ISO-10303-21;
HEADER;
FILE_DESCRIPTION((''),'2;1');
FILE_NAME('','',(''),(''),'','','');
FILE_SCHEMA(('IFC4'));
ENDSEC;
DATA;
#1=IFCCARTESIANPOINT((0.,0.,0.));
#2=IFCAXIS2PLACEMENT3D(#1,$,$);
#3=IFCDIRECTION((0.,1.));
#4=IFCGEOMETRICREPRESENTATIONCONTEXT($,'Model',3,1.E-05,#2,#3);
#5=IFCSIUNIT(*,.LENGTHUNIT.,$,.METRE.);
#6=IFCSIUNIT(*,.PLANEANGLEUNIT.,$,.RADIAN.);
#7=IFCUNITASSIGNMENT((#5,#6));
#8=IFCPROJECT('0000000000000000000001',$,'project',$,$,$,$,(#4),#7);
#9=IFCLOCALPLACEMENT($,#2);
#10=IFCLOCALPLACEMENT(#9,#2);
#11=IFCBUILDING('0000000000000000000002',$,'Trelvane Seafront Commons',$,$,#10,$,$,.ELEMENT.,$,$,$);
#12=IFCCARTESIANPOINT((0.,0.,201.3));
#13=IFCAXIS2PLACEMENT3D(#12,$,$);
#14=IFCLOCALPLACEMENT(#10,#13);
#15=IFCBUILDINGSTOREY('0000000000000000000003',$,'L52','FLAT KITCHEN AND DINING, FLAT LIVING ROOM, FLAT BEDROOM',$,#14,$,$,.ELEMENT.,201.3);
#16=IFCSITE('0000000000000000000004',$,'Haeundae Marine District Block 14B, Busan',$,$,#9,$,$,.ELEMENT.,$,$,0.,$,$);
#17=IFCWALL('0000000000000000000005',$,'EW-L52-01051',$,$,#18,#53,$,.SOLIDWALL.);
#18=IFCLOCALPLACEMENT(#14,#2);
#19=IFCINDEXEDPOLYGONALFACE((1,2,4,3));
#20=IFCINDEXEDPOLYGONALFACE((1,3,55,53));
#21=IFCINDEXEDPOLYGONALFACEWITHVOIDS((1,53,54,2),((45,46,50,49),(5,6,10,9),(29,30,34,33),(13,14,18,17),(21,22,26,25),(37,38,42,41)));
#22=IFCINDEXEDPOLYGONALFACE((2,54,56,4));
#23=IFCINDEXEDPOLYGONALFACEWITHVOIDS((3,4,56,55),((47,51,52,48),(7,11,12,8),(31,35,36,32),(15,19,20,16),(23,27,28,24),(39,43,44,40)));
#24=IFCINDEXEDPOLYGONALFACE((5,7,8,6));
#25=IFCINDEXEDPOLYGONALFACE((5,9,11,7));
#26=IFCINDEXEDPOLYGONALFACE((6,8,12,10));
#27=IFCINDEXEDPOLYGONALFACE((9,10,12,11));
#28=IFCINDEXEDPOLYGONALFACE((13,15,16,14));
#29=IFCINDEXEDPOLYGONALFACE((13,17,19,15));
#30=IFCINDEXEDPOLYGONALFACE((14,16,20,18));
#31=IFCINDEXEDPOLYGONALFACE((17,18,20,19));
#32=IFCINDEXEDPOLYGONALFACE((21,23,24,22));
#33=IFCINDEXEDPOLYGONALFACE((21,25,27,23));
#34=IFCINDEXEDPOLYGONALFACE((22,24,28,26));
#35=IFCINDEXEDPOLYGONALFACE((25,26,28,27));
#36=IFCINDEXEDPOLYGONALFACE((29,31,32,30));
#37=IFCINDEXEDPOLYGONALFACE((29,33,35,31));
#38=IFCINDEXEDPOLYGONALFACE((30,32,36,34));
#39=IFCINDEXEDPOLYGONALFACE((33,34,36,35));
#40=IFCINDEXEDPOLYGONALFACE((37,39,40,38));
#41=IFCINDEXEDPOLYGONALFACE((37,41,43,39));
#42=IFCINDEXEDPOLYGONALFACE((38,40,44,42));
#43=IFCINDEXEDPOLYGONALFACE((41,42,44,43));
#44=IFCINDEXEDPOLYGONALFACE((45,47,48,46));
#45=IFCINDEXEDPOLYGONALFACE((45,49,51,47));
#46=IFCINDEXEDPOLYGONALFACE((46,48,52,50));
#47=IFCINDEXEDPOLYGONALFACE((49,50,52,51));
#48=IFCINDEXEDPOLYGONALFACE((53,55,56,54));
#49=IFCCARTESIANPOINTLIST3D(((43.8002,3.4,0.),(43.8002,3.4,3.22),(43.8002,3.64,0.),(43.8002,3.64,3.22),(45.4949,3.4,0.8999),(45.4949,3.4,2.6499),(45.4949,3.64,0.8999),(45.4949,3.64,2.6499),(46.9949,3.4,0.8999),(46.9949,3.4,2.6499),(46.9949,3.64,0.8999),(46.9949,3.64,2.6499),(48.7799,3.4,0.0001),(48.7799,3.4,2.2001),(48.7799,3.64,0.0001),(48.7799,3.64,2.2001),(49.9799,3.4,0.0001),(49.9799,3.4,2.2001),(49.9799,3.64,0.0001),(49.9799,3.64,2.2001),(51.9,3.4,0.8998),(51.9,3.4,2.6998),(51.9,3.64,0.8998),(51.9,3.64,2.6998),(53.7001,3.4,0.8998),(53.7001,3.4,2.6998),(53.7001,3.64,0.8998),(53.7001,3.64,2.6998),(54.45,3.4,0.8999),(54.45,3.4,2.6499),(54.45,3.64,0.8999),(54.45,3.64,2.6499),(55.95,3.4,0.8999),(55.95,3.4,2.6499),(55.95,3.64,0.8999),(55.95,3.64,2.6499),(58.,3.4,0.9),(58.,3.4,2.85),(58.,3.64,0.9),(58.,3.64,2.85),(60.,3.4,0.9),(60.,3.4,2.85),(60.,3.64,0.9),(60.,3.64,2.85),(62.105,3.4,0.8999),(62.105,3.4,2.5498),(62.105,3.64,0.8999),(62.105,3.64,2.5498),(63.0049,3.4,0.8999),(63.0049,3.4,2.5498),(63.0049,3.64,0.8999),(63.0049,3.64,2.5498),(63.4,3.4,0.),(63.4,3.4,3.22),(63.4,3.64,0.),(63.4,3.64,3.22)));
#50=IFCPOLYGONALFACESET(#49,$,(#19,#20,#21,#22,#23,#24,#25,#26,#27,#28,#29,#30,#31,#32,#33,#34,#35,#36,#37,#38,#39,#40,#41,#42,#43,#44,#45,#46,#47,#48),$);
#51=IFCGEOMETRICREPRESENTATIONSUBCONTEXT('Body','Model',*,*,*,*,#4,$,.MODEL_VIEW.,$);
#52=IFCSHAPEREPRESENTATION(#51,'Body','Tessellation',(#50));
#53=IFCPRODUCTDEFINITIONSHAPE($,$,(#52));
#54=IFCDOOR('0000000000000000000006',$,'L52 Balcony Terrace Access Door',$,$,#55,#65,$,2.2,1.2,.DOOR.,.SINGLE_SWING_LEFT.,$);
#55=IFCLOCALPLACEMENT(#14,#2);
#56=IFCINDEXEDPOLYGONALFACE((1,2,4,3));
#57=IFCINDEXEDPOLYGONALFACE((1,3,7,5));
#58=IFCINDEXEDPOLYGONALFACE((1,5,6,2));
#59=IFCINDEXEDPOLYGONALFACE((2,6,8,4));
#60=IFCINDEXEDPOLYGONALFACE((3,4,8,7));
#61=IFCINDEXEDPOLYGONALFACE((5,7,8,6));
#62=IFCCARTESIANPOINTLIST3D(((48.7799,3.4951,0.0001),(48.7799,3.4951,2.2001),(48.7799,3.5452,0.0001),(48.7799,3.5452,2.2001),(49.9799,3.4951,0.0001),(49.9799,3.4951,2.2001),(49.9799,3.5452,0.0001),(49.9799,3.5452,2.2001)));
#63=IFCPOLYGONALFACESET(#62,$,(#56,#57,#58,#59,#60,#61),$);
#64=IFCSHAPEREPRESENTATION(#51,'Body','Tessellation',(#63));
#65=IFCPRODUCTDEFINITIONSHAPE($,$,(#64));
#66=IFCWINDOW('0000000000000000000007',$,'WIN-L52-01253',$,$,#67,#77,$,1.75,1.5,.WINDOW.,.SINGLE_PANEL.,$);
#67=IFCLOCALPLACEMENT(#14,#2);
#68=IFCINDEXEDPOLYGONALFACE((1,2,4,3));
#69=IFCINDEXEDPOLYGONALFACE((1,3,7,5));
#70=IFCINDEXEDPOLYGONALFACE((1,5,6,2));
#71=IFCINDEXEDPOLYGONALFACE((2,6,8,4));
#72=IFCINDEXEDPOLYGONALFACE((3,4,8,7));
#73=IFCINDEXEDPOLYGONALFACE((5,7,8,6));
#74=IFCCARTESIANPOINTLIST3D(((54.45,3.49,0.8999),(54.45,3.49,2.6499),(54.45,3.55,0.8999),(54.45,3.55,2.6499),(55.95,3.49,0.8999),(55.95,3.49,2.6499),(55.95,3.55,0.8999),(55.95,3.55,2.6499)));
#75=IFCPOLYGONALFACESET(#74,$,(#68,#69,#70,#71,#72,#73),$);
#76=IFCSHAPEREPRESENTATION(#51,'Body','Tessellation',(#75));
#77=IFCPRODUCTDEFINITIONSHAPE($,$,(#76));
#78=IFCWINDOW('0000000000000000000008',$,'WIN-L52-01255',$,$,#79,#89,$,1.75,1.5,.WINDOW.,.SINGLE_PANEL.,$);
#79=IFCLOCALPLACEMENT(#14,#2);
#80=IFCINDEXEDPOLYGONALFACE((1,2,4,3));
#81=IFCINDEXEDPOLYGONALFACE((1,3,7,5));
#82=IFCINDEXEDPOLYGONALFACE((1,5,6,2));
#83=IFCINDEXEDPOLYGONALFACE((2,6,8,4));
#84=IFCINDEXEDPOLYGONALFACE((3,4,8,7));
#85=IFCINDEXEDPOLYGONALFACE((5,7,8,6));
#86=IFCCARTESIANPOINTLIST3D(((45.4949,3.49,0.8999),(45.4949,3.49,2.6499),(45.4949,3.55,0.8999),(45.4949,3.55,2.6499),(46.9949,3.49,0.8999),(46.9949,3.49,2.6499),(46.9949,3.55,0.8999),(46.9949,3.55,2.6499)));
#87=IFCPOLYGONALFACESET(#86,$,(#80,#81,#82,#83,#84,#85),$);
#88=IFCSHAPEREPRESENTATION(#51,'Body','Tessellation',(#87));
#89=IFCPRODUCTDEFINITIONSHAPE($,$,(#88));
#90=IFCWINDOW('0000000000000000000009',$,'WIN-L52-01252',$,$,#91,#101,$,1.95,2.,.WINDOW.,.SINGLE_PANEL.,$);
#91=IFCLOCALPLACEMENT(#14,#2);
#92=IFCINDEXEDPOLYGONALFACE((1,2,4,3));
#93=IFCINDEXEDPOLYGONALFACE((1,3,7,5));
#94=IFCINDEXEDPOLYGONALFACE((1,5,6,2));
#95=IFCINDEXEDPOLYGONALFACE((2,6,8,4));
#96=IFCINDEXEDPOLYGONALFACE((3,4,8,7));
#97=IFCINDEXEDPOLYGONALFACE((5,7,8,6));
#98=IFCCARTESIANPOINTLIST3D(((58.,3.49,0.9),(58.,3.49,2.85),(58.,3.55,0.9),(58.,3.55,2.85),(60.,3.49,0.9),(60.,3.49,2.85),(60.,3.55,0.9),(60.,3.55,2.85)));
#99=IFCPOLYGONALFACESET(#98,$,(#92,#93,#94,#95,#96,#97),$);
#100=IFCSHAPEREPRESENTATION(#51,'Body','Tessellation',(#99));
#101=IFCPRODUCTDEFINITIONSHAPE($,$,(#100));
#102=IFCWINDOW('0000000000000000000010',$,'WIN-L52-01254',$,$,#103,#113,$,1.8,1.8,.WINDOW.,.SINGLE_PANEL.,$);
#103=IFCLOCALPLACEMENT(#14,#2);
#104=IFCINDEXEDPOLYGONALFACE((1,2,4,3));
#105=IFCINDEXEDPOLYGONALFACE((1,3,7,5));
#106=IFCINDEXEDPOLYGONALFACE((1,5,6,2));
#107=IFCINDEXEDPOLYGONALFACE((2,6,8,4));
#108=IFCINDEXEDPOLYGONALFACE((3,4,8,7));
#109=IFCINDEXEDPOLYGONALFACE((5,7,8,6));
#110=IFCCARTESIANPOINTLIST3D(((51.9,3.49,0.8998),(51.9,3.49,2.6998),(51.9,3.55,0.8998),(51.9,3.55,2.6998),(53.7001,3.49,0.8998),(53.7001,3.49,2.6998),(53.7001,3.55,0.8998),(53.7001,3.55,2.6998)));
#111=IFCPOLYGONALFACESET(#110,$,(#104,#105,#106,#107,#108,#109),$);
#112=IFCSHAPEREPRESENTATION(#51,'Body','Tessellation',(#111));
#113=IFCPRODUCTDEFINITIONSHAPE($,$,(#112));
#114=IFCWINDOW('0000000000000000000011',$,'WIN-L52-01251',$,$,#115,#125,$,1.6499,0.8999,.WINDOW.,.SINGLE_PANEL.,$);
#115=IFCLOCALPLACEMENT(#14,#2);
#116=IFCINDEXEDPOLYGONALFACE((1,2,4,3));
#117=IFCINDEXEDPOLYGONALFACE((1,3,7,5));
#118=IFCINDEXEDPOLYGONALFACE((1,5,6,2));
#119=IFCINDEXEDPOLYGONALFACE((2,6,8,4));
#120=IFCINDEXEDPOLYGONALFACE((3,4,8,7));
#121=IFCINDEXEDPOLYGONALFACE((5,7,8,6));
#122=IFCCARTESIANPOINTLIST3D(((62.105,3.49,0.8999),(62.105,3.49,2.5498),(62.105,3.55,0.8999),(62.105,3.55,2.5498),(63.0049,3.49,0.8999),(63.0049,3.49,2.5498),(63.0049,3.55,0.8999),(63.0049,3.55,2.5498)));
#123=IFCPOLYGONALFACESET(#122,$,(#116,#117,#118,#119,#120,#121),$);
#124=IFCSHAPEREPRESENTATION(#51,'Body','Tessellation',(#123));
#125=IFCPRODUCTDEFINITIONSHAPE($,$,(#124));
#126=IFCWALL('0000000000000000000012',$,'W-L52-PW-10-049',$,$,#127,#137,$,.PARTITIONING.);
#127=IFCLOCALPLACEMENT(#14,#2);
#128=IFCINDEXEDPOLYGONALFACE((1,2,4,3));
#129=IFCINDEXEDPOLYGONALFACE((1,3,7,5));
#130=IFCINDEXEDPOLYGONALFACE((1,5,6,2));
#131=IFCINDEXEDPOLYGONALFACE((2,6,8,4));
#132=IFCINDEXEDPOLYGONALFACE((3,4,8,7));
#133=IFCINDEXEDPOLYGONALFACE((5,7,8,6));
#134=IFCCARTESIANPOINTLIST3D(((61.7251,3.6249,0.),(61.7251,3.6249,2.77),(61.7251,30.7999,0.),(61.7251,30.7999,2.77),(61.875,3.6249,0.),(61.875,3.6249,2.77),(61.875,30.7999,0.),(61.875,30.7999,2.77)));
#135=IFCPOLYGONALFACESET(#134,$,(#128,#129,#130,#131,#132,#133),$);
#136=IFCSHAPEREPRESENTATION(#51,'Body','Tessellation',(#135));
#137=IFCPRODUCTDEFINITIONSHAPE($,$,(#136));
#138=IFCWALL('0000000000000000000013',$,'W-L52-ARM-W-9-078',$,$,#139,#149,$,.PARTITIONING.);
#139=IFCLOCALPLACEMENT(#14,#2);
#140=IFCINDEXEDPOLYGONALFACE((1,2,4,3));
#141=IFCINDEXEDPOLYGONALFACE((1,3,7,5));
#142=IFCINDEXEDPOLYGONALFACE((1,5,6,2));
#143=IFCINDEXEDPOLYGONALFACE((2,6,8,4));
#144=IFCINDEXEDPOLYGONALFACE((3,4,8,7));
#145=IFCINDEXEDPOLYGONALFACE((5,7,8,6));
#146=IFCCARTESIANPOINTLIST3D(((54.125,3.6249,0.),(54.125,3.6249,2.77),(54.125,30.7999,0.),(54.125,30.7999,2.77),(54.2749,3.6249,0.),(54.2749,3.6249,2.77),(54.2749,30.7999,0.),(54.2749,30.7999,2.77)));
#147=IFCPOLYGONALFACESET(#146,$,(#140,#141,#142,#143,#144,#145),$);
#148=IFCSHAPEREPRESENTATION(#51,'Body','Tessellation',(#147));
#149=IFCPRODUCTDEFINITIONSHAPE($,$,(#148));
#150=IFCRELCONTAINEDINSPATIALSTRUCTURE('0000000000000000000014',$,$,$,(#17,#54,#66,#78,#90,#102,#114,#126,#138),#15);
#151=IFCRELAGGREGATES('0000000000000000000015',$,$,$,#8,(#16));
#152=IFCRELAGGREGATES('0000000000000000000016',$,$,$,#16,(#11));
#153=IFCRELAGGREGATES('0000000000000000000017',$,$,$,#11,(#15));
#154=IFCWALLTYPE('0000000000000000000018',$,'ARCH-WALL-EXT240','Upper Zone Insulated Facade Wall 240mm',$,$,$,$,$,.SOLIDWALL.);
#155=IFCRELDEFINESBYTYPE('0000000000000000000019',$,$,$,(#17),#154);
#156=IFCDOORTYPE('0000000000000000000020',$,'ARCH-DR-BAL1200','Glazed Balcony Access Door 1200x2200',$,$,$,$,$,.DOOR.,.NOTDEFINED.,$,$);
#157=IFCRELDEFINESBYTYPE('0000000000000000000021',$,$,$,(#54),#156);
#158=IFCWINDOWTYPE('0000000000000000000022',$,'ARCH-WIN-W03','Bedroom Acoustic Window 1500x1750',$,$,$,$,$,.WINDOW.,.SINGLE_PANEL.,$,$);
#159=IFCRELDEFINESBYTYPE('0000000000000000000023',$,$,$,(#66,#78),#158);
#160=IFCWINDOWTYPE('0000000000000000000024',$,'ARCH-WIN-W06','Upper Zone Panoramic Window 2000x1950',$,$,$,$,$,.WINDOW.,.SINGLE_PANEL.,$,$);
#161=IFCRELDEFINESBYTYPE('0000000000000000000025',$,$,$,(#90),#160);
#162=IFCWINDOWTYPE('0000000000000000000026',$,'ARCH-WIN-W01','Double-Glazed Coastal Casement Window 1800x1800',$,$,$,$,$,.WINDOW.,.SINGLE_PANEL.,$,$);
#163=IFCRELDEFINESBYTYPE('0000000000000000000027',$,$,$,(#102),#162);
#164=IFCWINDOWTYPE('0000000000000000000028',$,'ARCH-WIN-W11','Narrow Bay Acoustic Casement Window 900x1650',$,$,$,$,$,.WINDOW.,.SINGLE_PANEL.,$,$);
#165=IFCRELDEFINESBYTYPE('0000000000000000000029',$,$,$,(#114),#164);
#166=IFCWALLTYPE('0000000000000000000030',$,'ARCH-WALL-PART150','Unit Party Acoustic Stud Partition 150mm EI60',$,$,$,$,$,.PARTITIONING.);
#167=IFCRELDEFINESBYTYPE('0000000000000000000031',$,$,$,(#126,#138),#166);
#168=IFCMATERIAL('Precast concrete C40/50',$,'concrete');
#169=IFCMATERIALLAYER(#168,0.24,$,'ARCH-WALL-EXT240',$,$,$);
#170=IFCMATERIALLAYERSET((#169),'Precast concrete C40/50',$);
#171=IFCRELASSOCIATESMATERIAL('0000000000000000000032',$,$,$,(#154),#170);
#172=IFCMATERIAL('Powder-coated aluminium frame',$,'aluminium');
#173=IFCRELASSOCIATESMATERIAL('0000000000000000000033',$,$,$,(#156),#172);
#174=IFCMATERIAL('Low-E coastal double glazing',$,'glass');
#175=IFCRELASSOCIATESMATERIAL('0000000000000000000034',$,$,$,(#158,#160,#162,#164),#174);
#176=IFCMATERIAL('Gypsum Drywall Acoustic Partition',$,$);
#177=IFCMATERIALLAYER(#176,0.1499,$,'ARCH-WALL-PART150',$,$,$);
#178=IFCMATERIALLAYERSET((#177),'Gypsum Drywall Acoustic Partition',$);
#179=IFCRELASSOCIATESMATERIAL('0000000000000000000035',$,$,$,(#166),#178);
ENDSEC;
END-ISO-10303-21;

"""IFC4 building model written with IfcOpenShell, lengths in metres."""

from ifc_helpers import new_model, si_unit, direction, frame, frame_2d, origin, place, context, subcontext, project, spatial, rectangle, extrude, source, transform, mapped, material, layer, layer_set, type_object, element, fill, save


model = new_model("IFC4")

# Units and contexts
model_context = context("Model", 3, precision=1e-05, world=origin(), true_north=direction((0.0, 1.0)))
body_context = subcontext(model_context, "Body", "Model", "MODEL_VIEW")
ifc_project = project(units=[si_unit("LENGTHUNIT", "METRE"), si_unit("PLANEANGLEUNIT", "RADIAN")], contexts=[model_context])

# Site, building, storey
site_placement = place(None, origin())
site = spatial("IfcSite", under=ifc_project, at=site_placement, Name="Haeundae Marine District Block 14B, Busan", CompositionType="ELEMENT", RefElevation=0.0)
building_placement = place(site_placement, origin())
building = spatial("IfcBuilding", under=site, at=building_placement, Name="Trelvane Seafront Commons", CompositionType="ELEMENT")
storey_placement = place(building_placement, frame((0.0, 0.0, 201.3)))
storey = spatial("IfcBuildingStorey", under=building, at=storey_placement, Name="L52", Description="FLAT KITCHEN AND DINING, FLAT LIVING ROOM, FLAT BEDROOM", CompositionType="ELEMENT", Elevation=201.3)

# Shared definitions
ifc_material_1 = material(Name="Precast concrete C40/50", Category="concrete")
ifc_layer_1 = layer(ifc_material_1, 0.24, Name="ARCH-WALL-EXT240")
ifc_layer_set_1 = layer_set([ifc_layer_1], Name="Precast concrete C40/50")
wall_type_1 = type_object("IfcWallType", Name="ARCH-WALL-EXT240", Description="Upper Zone Insulated Facade Wall 240mm", PredefinedType="SOLIDWALL", material=ifc_layer_set_1)

# Wall, openings, door, windows
wall_1_placement = place(storey_placement, frame((63.3999, 3.52, 0.0), z_axis=(0.0, 0.0, 1.0), x_axis=(-1.0, 0.0, 0.0)))
wall_1 = element("IfcWall", 1, at=wall_1_placement, inside=storey, type_object=wall_type_1, Name="EW-L52-01051", PredefinedType="SOLIDWALL", context=body_context, shape_type="SweptSolid", body=[
    extrude(rectangle(XDim=19.5999, YDim=0.24, at=frame_2d((9.7998, 0.0))), origin(), (0.0, 0.0, 1.0), 3.22),
])
opening_1_placement = place(wall_1_placement, frame((0.395, 0.0, 0.8999)))
opening_1 = element("IfcOpeningElement", 2, at=opening_1_placement, cuts=wall_1, PredefinedType="OPENING", context=body_context, shape_type="SweptSolid", body=[
    extrude(rectangle(XDim=0.8999, YDim=1.6499, at=frame_2d((0.45, 0.825))), frame((0.0, 0.1299, 0.0), z_axis=(0.0, -1.0, 0.0), x_axis=(1.0, 0.0, 0.0)), (0.0, 0.0, 1.0), 0.26),
])
opening_2_placement = place(wall_1_placement, frame((3.3999, 0.0, 0.8999)))
opening_2 = element("IfcOpeningElement", 3, at=opening_2_placement, cuts=wall_1, PredefinedType="OPENING", context=body_context, shape_type="SweptSolid", body=[
    extrude(rectangle(XDim=2.0, YDim=1.95, at=frame_2d((1.0, 0.9751))), frame((0.0, 0.1299, 0.0), z_axis=(0.0, -1.0, 0.0), x_axis=(1.0, 0.0, 0.0)), (0.0, 0.0, 1.0), 0.26),
])
opening_3_placement = place(wall_1_placement, frame((7.45, 0.0, 0.8999)))
opening_3 = element("IfcOpeningElement", 4, at=opening_3_placement, cuts=wall_1, PredefinedType="OPENING", context=body_context, shape_type="SweptSolid", body=[
    extrude(rectangle(XDim=1.5, YDim=1.75, at=frame_2d((0.75, 0.875))), frame((0.0, 0.1299, 0.0), z_axis=(0.0, -1.0, 0.0), x_axis=(1.0, 0.0, 0.0)), (0.0, 0.0, 1.0), 0.26),
])
opening_4_placement = place(wall_1_placement, frame((9.7, 0.0, 0.8999)))
opening_4 = element("IfcOpeningElement", 5, at=opening_4_placement, cuts=wall_1, PredefinedType="OPENING", context=body_context, shape_type="SweptSolid", body=[
    extrude(rectangle(XDim=1.8, YDim=1.8, at=frame_2d((0.8999, 0.8999))), frame((0.0, 0.1299, 0.0), z_axis=(0.0, -1.0, 0.0), x_axis=(1.0, 0.0, 0.0)), (0.0, 0.0, 1.0), 0.26),
])
opening_5_placement = place(wall_1_placement, frame((13.4199, 0.0, 0.0)))
opening_5 = element("IfcOpeningElement", 6, at=opening_5_placement, cuts=wall_1, PredefinedType="OPENING", context=body_context, shape_type="SweptSolid", body=[
    extrude(rectangle(XDim=1.2, YDim=2.2, at=frame_2d((0.6001, 1.1001))), frame((0.0, 0.1299, 0.0), z_axis=(0.0, -1.0, 0.0), x_axis=(1.0, 0.0, 0.0)), (0.0, 0.0, 1.0), 0.26),
])
opening_6_placement = place(wall_1_placement, frame((16.405, 0.0, 0.8999)))
opening_6 = element("IfcOpeningElement", 7, at=opening_6_placement, cuts=wall_1, PredefinedType="OPENING", context=body_context, shape_type="SweptSolid", body=[
    extrude(rectangle(XDim=1.5, YDim=1.75, at=frame_2d((0.75, 0.875))), frame((0.0, 0.1299, 0.0), z_axis=(0.0, -1.0, 0.0), x_axis=(1.0, 0.0, 0.0)), (0.0, 0.0, 1.0), 0.26),
])
ifc_material_2 = material(Name="Powder-coated aluminium frame", Category="aluminium")
door_type_1 = type_object("IfcDoorType", Name="ARCH-DR-BAL1200", Description="Glazed Balcony Access Door 1200x2200", OperationType="NOTDEFINED", PredefinedType="DOOR", material=ifc_material_2)
shared_shape_1 = source(origin(), body_context, "Body", "SweptSolid", [
    extrude(rectangle(XDim=1.2, YDim=2.2, at=frame_2d((0.6001, 1.1001))), frame((0.0, 0.0249, 0.0), z_axis=(0.0, -1.0, 0.0), x_axis=(1.0, 0.0, 0.0)), (0.0, 0.0, 1.0), 0.05),
])
door_1_placement = place(opening_5_placement, origin())
door_1 = element("IfcDoor", 8, at=door_1_placement, inside=storey, type_object=door_type_1, Name="L52 Balcony Terrace Access Door", OperationType="SINGLE_SWING_LEFT", OverallHeight=2.2, OverallWidth=1.2, PredefinedType="DOOR", context=body_context, shape_type="MappedRepresentation", body=[
    mapped(shared_shape_1, transform((0.0, 0.0, 0.0), x_axis=(1.0, 0.0, 0.0), y_axis=(0.0, 1.0, 0.0), z_axis=(0.0, 0.0, 1.0), scale=1.0)),
])
fill(opening_5, door_1)
ifc_material_3 = material(Name="Low-E coastal double glazing", Category="glass")
window_type_1 = type_object("IfcWindowType", Name="ARCH-WIN-W03", Description="Bedroom Acoustic Window 1500x1750", PartitioningType="SINGLE_PANEL", PredefinedType="WINDOW", material=ifc_material_3)
shared_shape_2 = source(origin(), body_context, "Body", "SweptSolid", [
    extrude(rectangle(XDim=1.5, YDim=1.75, at=frame_2d((0.75, 0.875))), frame((0.0, 0.03, 0.0), z_axis=(0.0, -1.0, 0.0), x_axis=(1.0, 0.0, 0.0)), (0.0, 0.0, 1.0), 0.0601),
])
window_1_placement = place(opening_3_placement, origin())
window_1 = element("IfcWindow", 9, at=window_1_placement, inside=storey, type_object=window_type_1, Name="WIN-L52-01253", OverallHeight=1.75, OverallWidth=1.5, PartitioningType="SINGLE_PANEL", PredefinedType="WINDOW", context=body_context, shape_type="MappedRepresentation", body=[
    mapped(shared_shape_2, transform((0.0, 0.0, 0.0), x_axis=(1.0, 0.0, 0.0), y_axis=(0.0, 1.0, 0.0), z_axis=(0.0, 0.0, 1.0), scale=1.0)),
])
fill(opening_3, window_1)
window_2_placement = place(opening_6_placement, origin())
window_2 = element("IfcWindow", 10, at=window_2_placement, inside=storey, type_object=window_type_1, Name="WIN-L52-01255", OverallHeight=1.75, OverallWidth=1.5, PartitioningType="SINGLE_PANEL", PredefinedType="WINDOW", context=body_context, shape_type="MappedRepresentation", body=[
    mapped(shared_shape_2, transform((0.0, 0.0, 0.0), x_axis=(1.0, 0.0, 0.0), y_axis=(0.0, 1.0, 0.0), z_axis=(0.0, 0.0, 1.0), scale=1.0)),
])
fill(opening_6, window_2)
window_type_2 = type_object("IfcWindowType", Name="ARCH-WIN-W06", Description="Upper Zone Panoramic Window 2000x1950", PartitioningType="SINGLE_PANEL", PredefinedType="WINDOW", material=ifc_material_3)
shared_shape_3 = source(origin(), body_context, "Body", "SweptSolid", [
    extrude(rectangle(XDim=2.0, YDim=1.95, at=frame_2d((1.0, 0.9751))), frame((0.0, 0.03, 0.0), z_axis=(0.0, -1.0, 0.0), x_axis=(1.0, 0.0, 0.0)), (0.0, 0.0, 1.0), 0.0601),
])
window_3_placement = place(opening_2_placement, origin())
window_3 = element("IfcWindow", 11, at=window_3_placement, inside=storey, type_object=window_type_2, Name="WIN-L52-01252", OverallHeight=1.95, OverallWidth=2.0, PartitioningType="SINGLE_PANEL", PredefinedType="WINDOW", context=body_context, shape_type="MappedRepresentation", body=[
    mapped(shared_shape_3, transform((0.0, 0.0, 0.0), x_axis=(1.0, 0.0, 0.0), y_axis=(0.0, 1.0, 0.0), z_axis=(0.0, 0.0, 1.0), scale=1.0)),
])
fill(opening_2, window_3)
window_type_3 = type_object("IfcWindowType", Name="ARCH-WIN-W01", Description="Double-Glazed Coastal Casement Window 1800x1800", PartitioningType="SINGLE_PANEL", PredefinedType="WINDOW", material=ifc_material_3)
shared_shape_4 = source(origin(), body_context, "Body", "SweptSolid", [
    extrude(rectangle(XDim=1.8, YDim=1.8, at=frame_2d((0.8999, 0.8999))), frame((0.0, 0.03, 0.0), z_axis=(0.0, -1.0, 0.0), x_axis=(1.0, 0.0, 0.0)), (0.0, 0.0, 1.0), 0.0601),
])
window_4_placement = place(opening_4_placement, origin())
window_4 = element("IfcWindow", 12, at=window_4_placement, inside=storey, type_object=window_type_3, Name="WIN-L52-01254", OverallHeight=1.8, OverallWidth=1.8, PartitioningType="SINGLE_PANEL", PredefinedType="WINDOW", context=body_context, shape_type="MappedRepresentation", body=[
    mapped(shared_shape_4, transform((0.0, 0.0, 0.0), x_axis=(1.0, 0.0, 0.0), y_axis=(0.0, 1.0, 0.0), z_axis=(0.0, 0.0, 1.0), scale=1.0)),
])
fill(opening_4, window_4)
window_type_4 = type_object("IfcWindowType", Name="ARCH-WIN-W11", Description="Narrow Bay Acoustic Casement Window 900x1650", PartitioningType="SINGLE_PANEL", PredefinedType="WINDOW", material=ifc_material_3)
shared_shape_5 = source(origin(), body_context, "Body", "SweptSolid", [
    extrude(rectangle(XDim=0.8999, YDim=1.6499, at=frame_2d((0.45, 0.825))), frame((0.0, 0.03, 0.0), z_axis=(0.0, -1.0, 0.0), x_axis=(1.0, 0.0, 0.0)), (0.0, 0.0, 1.0), 0.0601),
])
window_5_placement = place(opening_1_placement, origin())
window_5 = element("IfcWindow", 13, at=window_5_placement, inside=storey, type_object=window_type_4, Name="WIN-L52-01251", OverallHeight=1.6499, OverallWidth=0.8999, PartitioningType="SINGLE_PANEL", PredefinedType="WINDOW", context=body_context, shape_type="MappedRepresentation", body=[
    mapped(shared_shape_5, transform((0.0, 0.0, 0.0), x_axis=(1.0, 0.0, 0.0), y_axis=(0.0, 1.0, 0.0), z_axis=(0.0, 0.0, 1.0), scale=1.0)),
])
fill(opening_1, window_5)

# Shared definitions
ifc_material_4 = material(Name="Gypsum Drywall Acoustic Partition")

# Walls
ifc_layer_2 = layer(ifc_material_4, 0.1499, Name="ARCH-WALL-PART150")
ifc_layer_set_2 = layer_set([ifc_layer_2], Name="Gypsum Drywall Acoustic Partition")
wall_type_2 = type_object("IfcWallType", Name="ARCH-WALL-PART150", Description="Unit Party Acoustic Stud Partition 150mm EI60", PredefinedType="PARTITIONING", material=ifc_layer_set_2)
for number, where, z_axis, x_axis, name in (
    (14, (61.8, 3.625, 0.0), (0.0, 0.0, 1.0), (0.0, 1.0, 0.0), "W-L52-PW-10-049"),
    (15, (54.2, 3.625, 0.0), (0.0, 0.0, 1.0), (0.0, 1.0, 0.0), "W-L52-ARM-W-9-078"),
):
    element("IfcWall", number, at=place(storey_placement, frame(where, z_axis=z_axis, x_axis=x_axis)), inside=storey, type_object=wall_type_2, Name=name, PredefinedType="PARTITIONING", context=body_context, shape_type="SweptSolid", body=[
        extrude(rectangle(XDim=27.175, YDim=0.1499, at=frame_2d((13.5874, 0.0))), origin(), (0.0, 0.0, 1.0), 2.77),
    ])

save(model, "model.ifc")
